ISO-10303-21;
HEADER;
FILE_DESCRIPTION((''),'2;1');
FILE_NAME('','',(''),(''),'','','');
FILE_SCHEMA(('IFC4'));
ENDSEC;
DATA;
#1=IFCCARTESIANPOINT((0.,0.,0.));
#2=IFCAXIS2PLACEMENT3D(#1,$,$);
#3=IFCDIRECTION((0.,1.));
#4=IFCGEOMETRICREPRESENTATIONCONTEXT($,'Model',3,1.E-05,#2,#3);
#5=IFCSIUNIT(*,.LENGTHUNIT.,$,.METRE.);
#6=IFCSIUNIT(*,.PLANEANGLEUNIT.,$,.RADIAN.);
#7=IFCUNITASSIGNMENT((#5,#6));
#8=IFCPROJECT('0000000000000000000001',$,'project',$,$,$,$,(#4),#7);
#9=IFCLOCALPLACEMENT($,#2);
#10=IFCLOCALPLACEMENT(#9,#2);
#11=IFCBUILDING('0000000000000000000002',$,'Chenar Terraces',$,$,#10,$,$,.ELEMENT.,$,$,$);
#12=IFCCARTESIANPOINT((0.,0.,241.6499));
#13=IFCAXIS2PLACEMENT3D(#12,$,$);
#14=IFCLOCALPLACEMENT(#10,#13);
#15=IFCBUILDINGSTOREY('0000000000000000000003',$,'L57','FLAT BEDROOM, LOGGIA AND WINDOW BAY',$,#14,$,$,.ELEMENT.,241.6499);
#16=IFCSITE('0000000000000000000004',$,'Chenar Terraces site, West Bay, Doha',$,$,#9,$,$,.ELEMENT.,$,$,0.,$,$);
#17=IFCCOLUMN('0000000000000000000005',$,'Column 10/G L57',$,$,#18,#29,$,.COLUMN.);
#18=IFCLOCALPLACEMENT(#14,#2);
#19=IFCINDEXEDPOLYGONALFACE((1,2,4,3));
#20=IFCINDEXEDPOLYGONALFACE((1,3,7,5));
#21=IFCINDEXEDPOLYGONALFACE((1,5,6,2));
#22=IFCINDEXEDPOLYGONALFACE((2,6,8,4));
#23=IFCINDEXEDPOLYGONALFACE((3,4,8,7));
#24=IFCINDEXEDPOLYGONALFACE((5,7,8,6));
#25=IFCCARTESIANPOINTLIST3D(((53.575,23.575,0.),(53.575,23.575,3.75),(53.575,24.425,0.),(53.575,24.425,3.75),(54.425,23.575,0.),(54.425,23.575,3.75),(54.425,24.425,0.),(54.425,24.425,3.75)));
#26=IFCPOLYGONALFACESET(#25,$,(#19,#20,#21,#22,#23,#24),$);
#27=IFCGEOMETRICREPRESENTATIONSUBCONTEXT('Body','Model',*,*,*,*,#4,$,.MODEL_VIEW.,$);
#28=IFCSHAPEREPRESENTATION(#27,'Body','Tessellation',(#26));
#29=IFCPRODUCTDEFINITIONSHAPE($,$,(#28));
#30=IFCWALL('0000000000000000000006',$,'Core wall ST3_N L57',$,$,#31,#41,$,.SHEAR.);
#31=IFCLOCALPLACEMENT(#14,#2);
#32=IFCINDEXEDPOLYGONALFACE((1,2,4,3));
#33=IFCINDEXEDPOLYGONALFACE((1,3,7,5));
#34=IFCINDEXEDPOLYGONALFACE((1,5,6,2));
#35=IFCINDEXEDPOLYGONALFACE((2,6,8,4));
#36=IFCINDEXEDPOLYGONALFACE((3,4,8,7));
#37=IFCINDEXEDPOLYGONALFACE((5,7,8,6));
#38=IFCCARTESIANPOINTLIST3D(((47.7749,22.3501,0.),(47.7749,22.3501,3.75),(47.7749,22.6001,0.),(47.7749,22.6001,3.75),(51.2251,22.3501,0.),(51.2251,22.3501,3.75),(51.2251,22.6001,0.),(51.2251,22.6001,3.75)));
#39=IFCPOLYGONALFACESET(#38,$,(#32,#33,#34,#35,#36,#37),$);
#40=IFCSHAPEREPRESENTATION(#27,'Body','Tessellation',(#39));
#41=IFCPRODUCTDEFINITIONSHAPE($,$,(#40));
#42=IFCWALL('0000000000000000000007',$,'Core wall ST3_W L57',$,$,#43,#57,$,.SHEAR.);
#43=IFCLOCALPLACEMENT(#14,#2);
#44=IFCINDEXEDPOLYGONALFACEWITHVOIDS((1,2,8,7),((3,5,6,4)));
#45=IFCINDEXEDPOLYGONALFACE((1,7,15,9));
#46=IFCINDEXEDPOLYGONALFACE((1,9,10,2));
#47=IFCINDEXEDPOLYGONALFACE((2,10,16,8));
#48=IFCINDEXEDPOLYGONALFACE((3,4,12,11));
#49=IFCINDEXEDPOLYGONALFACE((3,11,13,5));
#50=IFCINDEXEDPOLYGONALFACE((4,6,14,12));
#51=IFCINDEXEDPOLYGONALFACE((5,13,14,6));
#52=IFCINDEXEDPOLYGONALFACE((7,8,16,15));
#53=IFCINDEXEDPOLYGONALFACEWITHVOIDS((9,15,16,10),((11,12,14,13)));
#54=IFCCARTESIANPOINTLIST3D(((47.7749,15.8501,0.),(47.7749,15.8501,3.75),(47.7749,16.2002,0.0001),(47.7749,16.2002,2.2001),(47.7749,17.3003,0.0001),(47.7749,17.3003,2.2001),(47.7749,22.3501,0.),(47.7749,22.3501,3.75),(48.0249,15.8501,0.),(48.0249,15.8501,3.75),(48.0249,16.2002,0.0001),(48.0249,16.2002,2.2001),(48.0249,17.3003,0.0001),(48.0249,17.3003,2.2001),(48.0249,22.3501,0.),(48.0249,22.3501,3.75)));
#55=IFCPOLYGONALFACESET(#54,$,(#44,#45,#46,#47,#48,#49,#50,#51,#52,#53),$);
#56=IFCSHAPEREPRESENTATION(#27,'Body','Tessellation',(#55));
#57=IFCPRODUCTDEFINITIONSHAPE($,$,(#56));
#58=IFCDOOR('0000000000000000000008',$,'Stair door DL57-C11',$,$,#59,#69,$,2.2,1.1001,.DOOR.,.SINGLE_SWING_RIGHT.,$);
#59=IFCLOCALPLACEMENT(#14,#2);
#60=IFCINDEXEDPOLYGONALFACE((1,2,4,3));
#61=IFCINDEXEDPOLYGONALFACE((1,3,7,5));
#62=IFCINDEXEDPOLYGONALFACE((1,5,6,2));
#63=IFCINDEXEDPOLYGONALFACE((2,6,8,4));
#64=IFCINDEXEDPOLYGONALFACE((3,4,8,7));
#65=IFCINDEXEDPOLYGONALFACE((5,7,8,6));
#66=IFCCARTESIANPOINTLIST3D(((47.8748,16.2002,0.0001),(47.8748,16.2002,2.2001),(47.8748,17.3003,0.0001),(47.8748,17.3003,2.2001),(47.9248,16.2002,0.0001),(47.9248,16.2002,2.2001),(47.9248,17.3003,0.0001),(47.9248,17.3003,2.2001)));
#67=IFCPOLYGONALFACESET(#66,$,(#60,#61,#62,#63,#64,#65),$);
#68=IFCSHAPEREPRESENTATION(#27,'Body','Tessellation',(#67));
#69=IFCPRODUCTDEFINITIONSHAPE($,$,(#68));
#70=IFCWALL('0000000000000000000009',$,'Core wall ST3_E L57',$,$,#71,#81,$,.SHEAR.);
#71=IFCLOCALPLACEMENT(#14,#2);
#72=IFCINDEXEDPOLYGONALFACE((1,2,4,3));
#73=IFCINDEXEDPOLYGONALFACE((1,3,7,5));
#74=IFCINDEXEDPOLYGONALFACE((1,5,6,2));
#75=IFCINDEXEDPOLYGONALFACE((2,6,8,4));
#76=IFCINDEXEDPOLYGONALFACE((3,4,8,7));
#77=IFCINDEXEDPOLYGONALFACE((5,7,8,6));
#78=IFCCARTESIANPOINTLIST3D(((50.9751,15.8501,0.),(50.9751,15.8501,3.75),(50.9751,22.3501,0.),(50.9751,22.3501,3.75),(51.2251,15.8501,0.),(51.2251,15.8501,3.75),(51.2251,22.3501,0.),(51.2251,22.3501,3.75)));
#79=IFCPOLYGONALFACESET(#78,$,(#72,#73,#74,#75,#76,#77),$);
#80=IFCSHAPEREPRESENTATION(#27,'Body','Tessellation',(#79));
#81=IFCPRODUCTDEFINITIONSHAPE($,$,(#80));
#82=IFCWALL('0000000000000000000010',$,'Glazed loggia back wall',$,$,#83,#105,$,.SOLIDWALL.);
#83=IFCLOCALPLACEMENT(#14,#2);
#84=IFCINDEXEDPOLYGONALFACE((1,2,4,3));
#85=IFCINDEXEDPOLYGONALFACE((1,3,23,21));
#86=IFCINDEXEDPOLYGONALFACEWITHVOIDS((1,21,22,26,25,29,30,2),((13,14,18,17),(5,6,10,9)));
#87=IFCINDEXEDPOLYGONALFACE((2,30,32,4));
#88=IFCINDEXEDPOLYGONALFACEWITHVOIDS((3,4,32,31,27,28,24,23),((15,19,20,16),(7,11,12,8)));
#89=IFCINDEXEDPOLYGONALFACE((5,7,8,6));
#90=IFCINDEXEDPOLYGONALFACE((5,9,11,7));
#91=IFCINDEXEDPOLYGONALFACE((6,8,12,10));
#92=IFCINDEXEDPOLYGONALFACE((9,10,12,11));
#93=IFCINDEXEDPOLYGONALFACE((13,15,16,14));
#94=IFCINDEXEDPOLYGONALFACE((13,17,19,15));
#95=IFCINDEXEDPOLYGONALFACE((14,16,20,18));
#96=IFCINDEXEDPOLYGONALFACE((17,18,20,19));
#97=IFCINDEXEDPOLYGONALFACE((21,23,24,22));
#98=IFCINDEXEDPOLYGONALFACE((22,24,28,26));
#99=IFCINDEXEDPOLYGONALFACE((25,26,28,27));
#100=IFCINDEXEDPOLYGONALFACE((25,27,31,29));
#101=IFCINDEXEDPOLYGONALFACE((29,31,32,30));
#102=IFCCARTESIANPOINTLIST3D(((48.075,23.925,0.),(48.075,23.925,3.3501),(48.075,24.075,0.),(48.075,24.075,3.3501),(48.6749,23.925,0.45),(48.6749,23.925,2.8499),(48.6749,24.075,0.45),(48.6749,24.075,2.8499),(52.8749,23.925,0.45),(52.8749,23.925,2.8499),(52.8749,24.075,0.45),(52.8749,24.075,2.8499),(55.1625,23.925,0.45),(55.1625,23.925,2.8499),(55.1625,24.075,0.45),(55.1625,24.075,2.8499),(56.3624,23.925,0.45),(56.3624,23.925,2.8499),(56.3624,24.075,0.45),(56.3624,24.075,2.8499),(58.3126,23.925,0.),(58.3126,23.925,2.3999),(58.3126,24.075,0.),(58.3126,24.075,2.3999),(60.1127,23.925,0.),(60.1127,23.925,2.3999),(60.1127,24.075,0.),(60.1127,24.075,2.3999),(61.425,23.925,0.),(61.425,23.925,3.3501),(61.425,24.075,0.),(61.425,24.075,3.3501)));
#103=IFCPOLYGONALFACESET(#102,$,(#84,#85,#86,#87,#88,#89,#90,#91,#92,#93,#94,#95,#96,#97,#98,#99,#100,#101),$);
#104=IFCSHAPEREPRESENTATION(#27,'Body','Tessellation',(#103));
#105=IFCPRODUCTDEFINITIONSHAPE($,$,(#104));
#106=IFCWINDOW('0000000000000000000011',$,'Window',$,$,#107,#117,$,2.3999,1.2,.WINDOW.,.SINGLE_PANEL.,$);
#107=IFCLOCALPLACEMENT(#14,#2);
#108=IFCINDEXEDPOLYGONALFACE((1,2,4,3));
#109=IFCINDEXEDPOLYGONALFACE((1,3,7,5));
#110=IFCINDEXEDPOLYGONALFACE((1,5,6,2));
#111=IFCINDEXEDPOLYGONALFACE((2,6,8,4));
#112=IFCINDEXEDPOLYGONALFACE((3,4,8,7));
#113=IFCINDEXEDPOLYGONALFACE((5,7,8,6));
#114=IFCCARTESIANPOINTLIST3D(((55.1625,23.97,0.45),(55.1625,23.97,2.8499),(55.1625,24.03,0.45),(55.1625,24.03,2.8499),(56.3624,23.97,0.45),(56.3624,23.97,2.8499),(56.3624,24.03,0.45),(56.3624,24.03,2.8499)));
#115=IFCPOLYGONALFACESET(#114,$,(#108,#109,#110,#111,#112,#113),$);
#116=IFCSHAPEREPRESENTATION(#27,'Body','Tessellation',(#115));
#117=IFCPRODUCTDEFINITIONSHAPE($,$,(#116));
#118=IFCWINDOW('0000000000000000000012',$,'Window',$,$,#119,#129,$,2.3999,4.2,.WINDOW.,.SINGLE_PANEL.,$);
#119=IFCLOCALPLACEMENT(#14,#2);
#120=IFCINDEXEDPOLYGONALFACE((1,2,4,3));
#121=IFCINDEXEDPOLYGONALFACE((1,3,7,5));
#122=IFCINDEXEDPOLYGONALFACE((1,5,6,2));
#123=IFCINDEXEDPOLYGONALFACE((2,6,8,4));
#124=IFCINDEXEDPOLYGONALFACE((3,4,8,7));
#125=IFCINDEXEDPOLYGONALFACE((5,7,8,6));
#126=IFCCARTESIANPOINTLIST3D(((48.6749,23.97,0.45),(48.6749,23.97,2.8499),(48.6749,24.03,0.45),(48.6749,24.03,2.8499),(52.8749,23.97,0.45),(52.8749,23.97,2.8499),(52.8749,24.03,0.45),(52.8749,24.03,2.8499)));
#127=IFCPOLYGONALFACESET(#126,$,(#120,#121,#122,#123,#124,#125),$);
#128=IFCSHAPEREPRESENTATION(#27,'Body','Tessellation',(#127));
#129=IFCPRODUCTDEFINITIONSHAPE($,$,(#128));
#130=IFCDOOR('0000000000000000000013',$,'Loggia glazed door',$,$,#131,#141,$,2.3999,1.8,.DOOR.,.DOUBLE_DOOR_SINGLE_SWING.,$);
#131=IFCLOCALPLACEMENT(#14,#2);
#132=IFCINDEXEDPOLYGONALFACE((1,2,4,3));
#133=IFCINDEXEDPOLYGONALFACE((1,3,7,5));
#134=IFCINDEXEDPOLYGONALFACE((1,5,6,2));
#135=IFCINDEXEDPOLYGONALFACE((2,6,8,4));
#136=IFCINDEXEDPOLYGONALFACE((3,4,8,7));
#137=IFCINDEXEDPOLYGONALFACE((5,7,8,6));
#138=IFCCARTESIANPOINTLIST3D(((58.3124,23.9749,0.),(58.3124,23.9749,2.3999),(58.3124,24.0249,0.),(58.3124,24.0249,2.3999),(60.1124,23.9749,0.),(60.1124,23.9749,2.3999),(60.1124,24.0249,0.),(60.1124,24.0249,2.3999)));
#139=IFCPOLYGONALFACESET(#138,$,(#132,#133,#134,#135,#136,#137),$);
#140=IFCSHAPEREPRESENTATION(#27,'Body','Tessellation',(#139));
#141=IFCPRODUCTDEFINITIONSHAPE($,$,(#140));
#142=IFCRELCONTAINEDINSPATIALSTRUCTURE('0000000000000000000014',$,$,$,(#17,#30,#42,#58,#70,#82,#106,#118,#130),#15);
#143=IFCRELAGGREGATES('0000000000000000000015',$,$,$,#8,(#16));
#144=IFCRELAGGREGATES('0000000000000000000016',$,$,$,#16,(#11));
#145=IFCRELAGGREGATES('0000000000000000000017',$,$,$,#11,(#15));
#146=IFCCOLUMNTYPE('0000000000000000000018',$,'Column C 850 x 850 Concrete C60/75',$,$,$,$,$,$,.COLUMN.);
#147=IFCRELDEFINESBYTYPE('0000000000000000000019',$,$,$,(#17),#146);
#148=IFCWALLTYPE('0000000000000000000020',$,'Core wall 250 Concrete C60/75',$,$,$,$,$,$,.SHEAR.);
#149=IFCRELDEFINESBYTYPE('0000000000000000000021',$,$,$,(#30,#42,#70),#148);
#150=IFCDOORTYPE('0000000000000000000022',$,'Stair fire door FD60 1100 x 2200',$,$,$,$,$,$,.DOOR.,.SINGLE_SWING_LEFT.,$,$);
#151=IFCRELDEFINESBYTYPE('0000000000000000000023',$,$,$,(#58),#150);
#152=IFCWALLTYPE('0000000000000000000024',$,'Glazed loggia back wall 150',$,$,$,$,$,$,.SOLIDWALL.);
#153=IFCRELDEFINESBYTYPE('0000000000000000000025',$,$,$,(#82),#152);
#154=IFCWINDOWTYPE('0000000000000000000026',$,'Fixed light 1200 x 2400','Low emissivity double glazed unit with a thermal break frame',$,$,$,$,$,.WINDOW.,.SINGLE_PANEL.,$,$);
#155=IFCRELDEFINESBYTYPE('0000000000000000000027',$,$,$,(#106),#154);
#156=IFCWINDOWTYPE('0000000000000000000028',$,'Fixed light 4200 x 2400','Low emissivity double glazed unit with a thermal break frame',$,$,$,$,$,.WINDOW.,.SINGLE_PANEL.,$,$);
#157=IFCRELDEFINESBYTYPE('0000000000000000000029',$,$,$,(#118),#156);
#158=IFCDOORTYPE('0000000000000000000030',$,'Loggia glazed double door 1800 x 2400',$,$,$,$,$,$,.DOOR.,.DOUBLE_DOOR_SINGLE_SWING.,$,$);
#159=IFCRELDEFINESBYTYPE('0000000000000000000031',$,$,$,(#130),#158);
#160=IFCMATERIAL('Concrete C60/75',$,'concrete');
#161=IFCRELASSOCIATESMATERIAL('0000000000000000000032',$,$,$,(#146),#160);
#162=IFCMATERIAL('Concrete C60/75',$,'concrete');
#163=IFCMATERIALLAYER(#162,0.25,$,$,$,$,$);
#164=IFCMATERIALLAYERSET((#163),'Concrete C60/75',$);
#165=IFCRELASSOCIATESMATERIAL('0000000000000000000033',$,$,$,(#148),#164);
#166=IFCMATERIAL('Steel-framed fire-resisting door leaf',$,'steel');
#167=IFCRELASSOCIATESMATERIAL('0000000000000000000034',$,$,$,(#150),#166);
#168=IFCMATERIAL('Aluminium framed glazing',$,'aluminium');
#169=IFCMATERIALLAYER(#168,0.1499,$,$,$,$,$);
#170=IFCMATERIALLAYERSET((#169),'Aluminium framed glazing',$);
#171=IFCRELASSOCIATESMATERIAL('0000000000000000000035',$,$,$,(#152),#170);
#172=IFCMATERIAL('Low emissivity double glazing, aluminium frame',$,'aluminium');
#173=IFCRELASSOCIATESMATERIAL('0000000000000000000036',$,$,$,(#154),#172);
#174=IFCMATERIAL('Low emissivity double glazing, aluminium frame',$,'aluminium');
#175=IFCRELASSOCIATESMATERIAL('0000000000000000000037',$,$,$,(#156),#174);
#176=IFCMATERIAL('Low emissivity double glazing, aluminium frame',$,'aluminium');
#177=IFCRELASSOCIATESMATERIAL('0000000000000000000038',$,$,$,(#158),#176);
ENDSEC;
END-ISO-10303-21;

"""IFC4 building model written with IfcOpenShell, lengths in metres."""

from ifc_helpers import new_model, si_unit, direction, frame, frame_2d, origin, origin_2d, place, context, subcontext, project, spatial, rectangle, extrude, material, layer, layer_set, material_profile, profile_set, type_object, element, fill, save


model = new_model("IFC4")

# Units and contexts
model_context = context("Model", 3, precision=1e-05, world=origin(), true_north=direction((0.0, 1.0)))
body_context = subcontext(model_context, "Body", "Model", "MODEL_VIEW")
ifc_project = project(units=[si_unit("LENGTHUNIT", "METRE"), si_unit("PLANEANGLEUNIT", "RADIAN")], contexts=[model_context])

# Site, building, storey
site_placement = place(None, origin())
site = spatial("IfcSite", under=ifc_project, at=site_placement, Name="Chenar Terraces site, West Bay, Doha", CompositionType="ELEMENT", RefElevation=0.0)
building_placement = place(site_placement, origin())
building = spatial("IfcBuilding", under=site, at=building_placement, Name="Chenar Terraces", CompositionType="ELEMENT")
storey_placement = place(building_placement, frame((0.0, 0.0, 241.6499)))
storey = spatial("IfcBuildingStorey", under=building, at=storey_placement, Name="L57", Description="FLAT BEDROOM, LOGGIA AND WINDOW BAY", CompositionType="ELEMENT", Elevation=241.6499)

# Column
ifc_material_1 = material(Name="Concrete C60/75", Category="concrete")
ifc_material_profile = material_profile(ifc_material_1, rectangle(XDim=0.8501, YDim=0.8501, at=origin_2d()), Name="C 850 x 850")
ifc_profile_set = profile_set([ifc_material_profile], Name="Concrete C60/75")
column_type = type_object("IfcColumnType", Name="Column C 850 x 850 Concrete C60/75", PredefinedType="COLUMN", material=ifc_profile_set)
column_placement = place(storey_placement, frame((54.0, 24.0, 0.0), z_axis=(0.0, 0.0, 1.0), x_axis=(1.0, 0.0, 0.0)))
element("IfcColumn", 1, at=column_placement, inside=storey, type_object=column_type, Name="Column 10/G L57", PredefinedType="COLUMN", context=body_context, shape_type="SweptSolid", body=[
    extrude(rectangle(XDim=0.8501, YDim=0.8501, at=origin_2d()), origin(), (0.0, 0.0, 1.0), 3.75),
])

# Wall
ifc_material_2 = material(Name="Concrete C60/75", Category="concrete")
ifc_layer_1 = layer(ifc_material_2, 0.25)
ifc_layer_set_1 = layer_set([ifc_layer_1], Name="Concrete C60/75")
wall_type_1 = type_object("IfcWallType", Name="Core wall 250 Concrete C60/75", PredefinedType="SHEAR", material=ifc_layer_set_1)
wall_1_placement = place(storey_placement, frame((47.7749, 22.4751, 0.0), z_axis=(0.0, 0.0, 1.0), x_axis=(1.0, 0.0, 0.0)))
element("IfcWall", 2, at=wall_1_placement, inside=storey, type_object=wall_type_1, Name="Core wall ST3_N L57", PredefinedType="SHEAR", context=body_context, shape_type="SweptSolid", body=[
    extrude(rectangle(XDim=3.4502, YDim=0.25, at=frame_2d((1.7251, 0.0))), origin(), (0.0, 0.0, 1.0), 3.75),
])

# Wall, opening, door
wall_2_placement = place(storey_placement, frame((47.8999, 15.8501, 0.0), z_axis=(0.0, 0.0, 1.0), x_axis=(0.0, 1.0, 0.0)))
wall_2 = element("IfcWall", 3, at=wall_2_placement, inside=storey, type_object=wall_type_1, Name="Core wall ST3_W L57", PredefinedType="SHEAR", context=body_context, shape_type="SweptSolid", body=[
    extrude(rectangle(XDim=6.5, YDim=0.25, at=frame_2d((3.25, 0.0))), origin(), (0.0, 0.0, 1.0), 3.75),
])
opening_1_placement = place(wall_2_placement, frame((0.3501, 0.0, 0.0)))
opening_1 = element("IfcOpeningElement", 4, at=opening_1_placement, cuts=wall_2, PredefinedType="OPENING", context=body_context, shape_type="SweptSolid", body=[
    extrude(rectangle(XDim=1.1001, YDim=2.2, at=frame_2d((0.55, 1.1001))), frame((0.0, 0.135, 0.0), z_axis=(0.0, -1.0, 0.0), x_axis=(1.0, 0.0, 0.0)), (0.0, 0.0, 1.0), 0.27),
])
ifc_material_3 = material(Name="Steel-framed fire-resisting door leaf", Category="steel")
door_type_1 = type_object("IfcDoorType", Name="Stair fire door FD60 1100 x 2200", OperationType="SINGLE_SWING_LEFT", PredefinedType="DOOR", material=ifc_material_3)
door_1_placement = place(opening_1_placement, frame((1.1001, 0.0, 0.0), z_axis=(0.0, 0.0, 1.0), x_axis=(-1.0, 0.0, 0.0)))
door_1 = element("IfcDoor", 5, at=door_1_placement, inside=storey, type_object=door_type_1, Name="Stair door DL57-C11", OperationType="SINGLE_SWING_RIGHT", OverallHeight=2.2, OverallWidth=1.1001, PredefinedType="DOOR", context=body_context, shape_type="SweptSolid", body=[
    extrude(rectangle(XDim=1.1001, YDim=2.2, at=frame_2d((0.55, 1.1001))), frame((0.0, 0.0249, 0.0), z_axis=(0.0, -1.0, 0.0), x_axis=(1.0, 0.0, 0.0)), (0.0, 0.0, 1.0), 0.05),
])
fill(opening_1, door_1)

# Wall
wall_3_placement = place(storey_placement, frame((51.1001, 15.8501, 0.0), z_axis=(0.0, 0.0, 1.0), x_axis=(0.0, 1.0, 0.0)))
element("IfcWall", 6, at=wall_3_placement, inside=storey, type_object=wall_type_1, Name="Core wall ST3_E L57", PredefinedType="SHEAR", context=body_context, shape_type="SweptSolid", body=[
    extrude(rectangle(XDim=6.5, YDim=0.25, at=frame_2d((3.25, 0.0))), origin(), (0.0, 0.0, 1.0), 3.75),
])

# Wall, openings, windows, door
ifc_material_4 = material(Name="Aluminium framed glazing", Category="aluminium")
ifc_layer_2 = layer(ifc_material_4, 0.1499)
ifc_layer_set_2 = layer_set([ifc_layer_2], Name="Aluminium framed glazing")
wall_type_2 = type_object("IfcWallType", Name="Glazed loggia back wall 150", PredefinedType="SOLIDWALL", material=ifc_layer_set_2)
wall_4_placement = place(storey_placement, frame((61.425, 24.0, 0.0), z_axis=(0.0, 0.0, 1.0), x_axis=(-1.0, 0.0, 0.0)))
wall_4 = element("IfcWall", 7, at=wall_4_placement, inside=storey, type_object=wall_type_2, Name="Glazed loggia back wall", PredefinedType="SOLIDWALL", context=body_context, shape_type="SweptSolid", body=[
    extrude(rectangle(XDim=13.3501, YDim=0.1499, at=frame_2d((6.675, 0.0))), origin(), (0.0, 0.0, 1.0), 3.3501),
])
opening_2_placement = place(wall_4_placement, frame((1.3125, 0.0, 0.0)))
opening_2 = element("IfcOpeningElement", 8, at=opening_2_placement, cuts=wall_4, PredefinedType="OPENING", context=body_context, shape_type="SweptSolid", body=[
    extrude(rectangle(XDim=1.8, YDim=2.3999, at=frame_2d((0.8999, 1.2))), frame((0.0, 0.085, 0.0), z_axis=(0.0, -1.0, 0.0), x_axis=(1.0, 0.0, 0.0)), (0.0, 0.0, 1.0), 0.1699),
])
opening_3_placement = place(wall_4_placement, frame((5.0625, 0.0, 0.45)))
opening_3 = element("IfcOpeningElement", 9, at=opening_3_placement, cuts=wall_4, PredefinedType="OPENING", context=body_context, shape_type="SweptSolid", body=[
    extrude(rectangle(XDim=1.2, YDim=2.3999, at=frame_2d((0.6001, 1.2))), frame((0.0, 0.085, 0.0), z_axis=(0.0, -1.0, 0.0), x_axis=(1.0, 0.0, 0.0)), (0.0, 0.0, 1.0), 0.1699),
])
opening_4_placement = place(wall_4_placement, frame((8.55, 0.0, 0.45)))
opening_4 = element("IfcOpeningElement", 10, at=opening_4_placement, cuts=wall_4, PredefinedType="OPENING", context=body_context, shape_type="SweptSolid", body=[
    extrude(rectangle(XDim=4.2, YDim=2.3999, at=frame_2d((2.1001, 1.2))), frame((0.0, 0.085, 0.0), z_axis=(0.0, -1.0, 0.0), x_axis=(1.0, 0.0, 0.0)), (0.0, 0.0, 1.0), 0.1699),
])
ifc_material_5 = material(Name="Low emissivity double glazing, aluminium frame", Category="aluminium")
window_type_1 = type_object("IfcWindowType", Name="Fixed light 1200 x 2400", Description="Low emissivity double glazed unit with a thermal break frame", PartitioningType="SINGLE_PANEL", PredefinedType="WINDOW", material=ifc_material_5)
window_1_placement = place(opening_3_placement, origin())
window_1 = element("IfcWindow", 11, at=window_1_placement, inside=storey, type_object=window_type_1, Name="Window", OverallHeight=2.3999, OverallWidth=1.2, PartitioningType="SINGLE_PANEL", PredefinedType="WINDOW", context=body_context, shape_type="SweptSolid", body=[
    extrude(rectangle(XDim=1.2, YDim=2.3999, at=frame_2d((0.6001, 1.2))), frame((0.0, 0.03, 0.0), z_axis=(0.0, -1.0, 0.0), x_axis=(1.0, 0.0, 0.0)), (0.0, 0.0, 1.0), 0.0601),
])
fill(opening_3, window_1)
ifc_material_6 = material(Name="Low emissivity double glazing, aluminium frame", Category="aluminium")
window_type_2 = type_object("IfcWindowType", Name="Fixed light 4200 x 2400", Description="Low emissivity double glazed unit with a thermal break frame", PartitioningType="SINGLE_PANEL", PredefinedType="WINDOW", material=ifc_material_6)
window_2_placement = place(opening_4_placement, origin())
window_2 = element("IfcWindow", 12, at=window_2_placement, inside=storey, type_object=window_type_2, Name="Window", OverallHeight=2.3999, OverallWidth=4.2, PartitioningType="SINGLE_PANEL", PredefinedType="WINDOW", context=body_context, shape_type="SweptSolid", body=[
    extrude(rectangle(XDim=4.2, YDim=2.3999, at=frame_2d((2.1001, 1.2))), frame((0.0, 0.03, 0.0), z_axis=(0.0, -1.0, 0.0), x_axis=(1.0, 0.0, 0.0)), (0.0, 0.0, 1.0), 0.0601),
])
fill(opening_4, window_2)
ifc_material_7 = material(Name="Low emissivity double glazing, aluminium frame", Category="aluminium")
door_type_2 = type_object("IfcDoorType", Name="Loggia glazed double door 1800 x 2400", OperationType="DOUBLE_DOOR_SINGLE_SWING", PredefinedType="DOOR", material=ifc_material_7)
door_2_placement = place(opening_2_placement, frame((1.8, 0.0, 0.0), z_axis=(0.0, 0.0, 1.0), x_axis=(-1.0, 0.0, 0.0)))
door_2 = element("IfcDoor", 13, at=door_2_placement, inside=storey, type_object=door_type_2, Name="Loggia glazed door", OperationType="DOUBLE_DOOR_SINGLE_SWING", OverallHeight=2.3999, OverallWidth=1.8, PredefinedType="DOOR", context=body_context, shape_type="SweptSolid", body=[
    extrude(rectangle(XDim=1.8, YDim=2.3999, at=frame_2d((0.8999, 1.2))), frame((0.0, 0.0249, 0.0), z_axis=(0.0, -1.0, 0.0), x_axis=(1.0, 0.0, 0.0)), (0.0, 0.0, 1.0), 0.05),
])
fill(opening_2, door_2)

save(model, "model.ifc")
